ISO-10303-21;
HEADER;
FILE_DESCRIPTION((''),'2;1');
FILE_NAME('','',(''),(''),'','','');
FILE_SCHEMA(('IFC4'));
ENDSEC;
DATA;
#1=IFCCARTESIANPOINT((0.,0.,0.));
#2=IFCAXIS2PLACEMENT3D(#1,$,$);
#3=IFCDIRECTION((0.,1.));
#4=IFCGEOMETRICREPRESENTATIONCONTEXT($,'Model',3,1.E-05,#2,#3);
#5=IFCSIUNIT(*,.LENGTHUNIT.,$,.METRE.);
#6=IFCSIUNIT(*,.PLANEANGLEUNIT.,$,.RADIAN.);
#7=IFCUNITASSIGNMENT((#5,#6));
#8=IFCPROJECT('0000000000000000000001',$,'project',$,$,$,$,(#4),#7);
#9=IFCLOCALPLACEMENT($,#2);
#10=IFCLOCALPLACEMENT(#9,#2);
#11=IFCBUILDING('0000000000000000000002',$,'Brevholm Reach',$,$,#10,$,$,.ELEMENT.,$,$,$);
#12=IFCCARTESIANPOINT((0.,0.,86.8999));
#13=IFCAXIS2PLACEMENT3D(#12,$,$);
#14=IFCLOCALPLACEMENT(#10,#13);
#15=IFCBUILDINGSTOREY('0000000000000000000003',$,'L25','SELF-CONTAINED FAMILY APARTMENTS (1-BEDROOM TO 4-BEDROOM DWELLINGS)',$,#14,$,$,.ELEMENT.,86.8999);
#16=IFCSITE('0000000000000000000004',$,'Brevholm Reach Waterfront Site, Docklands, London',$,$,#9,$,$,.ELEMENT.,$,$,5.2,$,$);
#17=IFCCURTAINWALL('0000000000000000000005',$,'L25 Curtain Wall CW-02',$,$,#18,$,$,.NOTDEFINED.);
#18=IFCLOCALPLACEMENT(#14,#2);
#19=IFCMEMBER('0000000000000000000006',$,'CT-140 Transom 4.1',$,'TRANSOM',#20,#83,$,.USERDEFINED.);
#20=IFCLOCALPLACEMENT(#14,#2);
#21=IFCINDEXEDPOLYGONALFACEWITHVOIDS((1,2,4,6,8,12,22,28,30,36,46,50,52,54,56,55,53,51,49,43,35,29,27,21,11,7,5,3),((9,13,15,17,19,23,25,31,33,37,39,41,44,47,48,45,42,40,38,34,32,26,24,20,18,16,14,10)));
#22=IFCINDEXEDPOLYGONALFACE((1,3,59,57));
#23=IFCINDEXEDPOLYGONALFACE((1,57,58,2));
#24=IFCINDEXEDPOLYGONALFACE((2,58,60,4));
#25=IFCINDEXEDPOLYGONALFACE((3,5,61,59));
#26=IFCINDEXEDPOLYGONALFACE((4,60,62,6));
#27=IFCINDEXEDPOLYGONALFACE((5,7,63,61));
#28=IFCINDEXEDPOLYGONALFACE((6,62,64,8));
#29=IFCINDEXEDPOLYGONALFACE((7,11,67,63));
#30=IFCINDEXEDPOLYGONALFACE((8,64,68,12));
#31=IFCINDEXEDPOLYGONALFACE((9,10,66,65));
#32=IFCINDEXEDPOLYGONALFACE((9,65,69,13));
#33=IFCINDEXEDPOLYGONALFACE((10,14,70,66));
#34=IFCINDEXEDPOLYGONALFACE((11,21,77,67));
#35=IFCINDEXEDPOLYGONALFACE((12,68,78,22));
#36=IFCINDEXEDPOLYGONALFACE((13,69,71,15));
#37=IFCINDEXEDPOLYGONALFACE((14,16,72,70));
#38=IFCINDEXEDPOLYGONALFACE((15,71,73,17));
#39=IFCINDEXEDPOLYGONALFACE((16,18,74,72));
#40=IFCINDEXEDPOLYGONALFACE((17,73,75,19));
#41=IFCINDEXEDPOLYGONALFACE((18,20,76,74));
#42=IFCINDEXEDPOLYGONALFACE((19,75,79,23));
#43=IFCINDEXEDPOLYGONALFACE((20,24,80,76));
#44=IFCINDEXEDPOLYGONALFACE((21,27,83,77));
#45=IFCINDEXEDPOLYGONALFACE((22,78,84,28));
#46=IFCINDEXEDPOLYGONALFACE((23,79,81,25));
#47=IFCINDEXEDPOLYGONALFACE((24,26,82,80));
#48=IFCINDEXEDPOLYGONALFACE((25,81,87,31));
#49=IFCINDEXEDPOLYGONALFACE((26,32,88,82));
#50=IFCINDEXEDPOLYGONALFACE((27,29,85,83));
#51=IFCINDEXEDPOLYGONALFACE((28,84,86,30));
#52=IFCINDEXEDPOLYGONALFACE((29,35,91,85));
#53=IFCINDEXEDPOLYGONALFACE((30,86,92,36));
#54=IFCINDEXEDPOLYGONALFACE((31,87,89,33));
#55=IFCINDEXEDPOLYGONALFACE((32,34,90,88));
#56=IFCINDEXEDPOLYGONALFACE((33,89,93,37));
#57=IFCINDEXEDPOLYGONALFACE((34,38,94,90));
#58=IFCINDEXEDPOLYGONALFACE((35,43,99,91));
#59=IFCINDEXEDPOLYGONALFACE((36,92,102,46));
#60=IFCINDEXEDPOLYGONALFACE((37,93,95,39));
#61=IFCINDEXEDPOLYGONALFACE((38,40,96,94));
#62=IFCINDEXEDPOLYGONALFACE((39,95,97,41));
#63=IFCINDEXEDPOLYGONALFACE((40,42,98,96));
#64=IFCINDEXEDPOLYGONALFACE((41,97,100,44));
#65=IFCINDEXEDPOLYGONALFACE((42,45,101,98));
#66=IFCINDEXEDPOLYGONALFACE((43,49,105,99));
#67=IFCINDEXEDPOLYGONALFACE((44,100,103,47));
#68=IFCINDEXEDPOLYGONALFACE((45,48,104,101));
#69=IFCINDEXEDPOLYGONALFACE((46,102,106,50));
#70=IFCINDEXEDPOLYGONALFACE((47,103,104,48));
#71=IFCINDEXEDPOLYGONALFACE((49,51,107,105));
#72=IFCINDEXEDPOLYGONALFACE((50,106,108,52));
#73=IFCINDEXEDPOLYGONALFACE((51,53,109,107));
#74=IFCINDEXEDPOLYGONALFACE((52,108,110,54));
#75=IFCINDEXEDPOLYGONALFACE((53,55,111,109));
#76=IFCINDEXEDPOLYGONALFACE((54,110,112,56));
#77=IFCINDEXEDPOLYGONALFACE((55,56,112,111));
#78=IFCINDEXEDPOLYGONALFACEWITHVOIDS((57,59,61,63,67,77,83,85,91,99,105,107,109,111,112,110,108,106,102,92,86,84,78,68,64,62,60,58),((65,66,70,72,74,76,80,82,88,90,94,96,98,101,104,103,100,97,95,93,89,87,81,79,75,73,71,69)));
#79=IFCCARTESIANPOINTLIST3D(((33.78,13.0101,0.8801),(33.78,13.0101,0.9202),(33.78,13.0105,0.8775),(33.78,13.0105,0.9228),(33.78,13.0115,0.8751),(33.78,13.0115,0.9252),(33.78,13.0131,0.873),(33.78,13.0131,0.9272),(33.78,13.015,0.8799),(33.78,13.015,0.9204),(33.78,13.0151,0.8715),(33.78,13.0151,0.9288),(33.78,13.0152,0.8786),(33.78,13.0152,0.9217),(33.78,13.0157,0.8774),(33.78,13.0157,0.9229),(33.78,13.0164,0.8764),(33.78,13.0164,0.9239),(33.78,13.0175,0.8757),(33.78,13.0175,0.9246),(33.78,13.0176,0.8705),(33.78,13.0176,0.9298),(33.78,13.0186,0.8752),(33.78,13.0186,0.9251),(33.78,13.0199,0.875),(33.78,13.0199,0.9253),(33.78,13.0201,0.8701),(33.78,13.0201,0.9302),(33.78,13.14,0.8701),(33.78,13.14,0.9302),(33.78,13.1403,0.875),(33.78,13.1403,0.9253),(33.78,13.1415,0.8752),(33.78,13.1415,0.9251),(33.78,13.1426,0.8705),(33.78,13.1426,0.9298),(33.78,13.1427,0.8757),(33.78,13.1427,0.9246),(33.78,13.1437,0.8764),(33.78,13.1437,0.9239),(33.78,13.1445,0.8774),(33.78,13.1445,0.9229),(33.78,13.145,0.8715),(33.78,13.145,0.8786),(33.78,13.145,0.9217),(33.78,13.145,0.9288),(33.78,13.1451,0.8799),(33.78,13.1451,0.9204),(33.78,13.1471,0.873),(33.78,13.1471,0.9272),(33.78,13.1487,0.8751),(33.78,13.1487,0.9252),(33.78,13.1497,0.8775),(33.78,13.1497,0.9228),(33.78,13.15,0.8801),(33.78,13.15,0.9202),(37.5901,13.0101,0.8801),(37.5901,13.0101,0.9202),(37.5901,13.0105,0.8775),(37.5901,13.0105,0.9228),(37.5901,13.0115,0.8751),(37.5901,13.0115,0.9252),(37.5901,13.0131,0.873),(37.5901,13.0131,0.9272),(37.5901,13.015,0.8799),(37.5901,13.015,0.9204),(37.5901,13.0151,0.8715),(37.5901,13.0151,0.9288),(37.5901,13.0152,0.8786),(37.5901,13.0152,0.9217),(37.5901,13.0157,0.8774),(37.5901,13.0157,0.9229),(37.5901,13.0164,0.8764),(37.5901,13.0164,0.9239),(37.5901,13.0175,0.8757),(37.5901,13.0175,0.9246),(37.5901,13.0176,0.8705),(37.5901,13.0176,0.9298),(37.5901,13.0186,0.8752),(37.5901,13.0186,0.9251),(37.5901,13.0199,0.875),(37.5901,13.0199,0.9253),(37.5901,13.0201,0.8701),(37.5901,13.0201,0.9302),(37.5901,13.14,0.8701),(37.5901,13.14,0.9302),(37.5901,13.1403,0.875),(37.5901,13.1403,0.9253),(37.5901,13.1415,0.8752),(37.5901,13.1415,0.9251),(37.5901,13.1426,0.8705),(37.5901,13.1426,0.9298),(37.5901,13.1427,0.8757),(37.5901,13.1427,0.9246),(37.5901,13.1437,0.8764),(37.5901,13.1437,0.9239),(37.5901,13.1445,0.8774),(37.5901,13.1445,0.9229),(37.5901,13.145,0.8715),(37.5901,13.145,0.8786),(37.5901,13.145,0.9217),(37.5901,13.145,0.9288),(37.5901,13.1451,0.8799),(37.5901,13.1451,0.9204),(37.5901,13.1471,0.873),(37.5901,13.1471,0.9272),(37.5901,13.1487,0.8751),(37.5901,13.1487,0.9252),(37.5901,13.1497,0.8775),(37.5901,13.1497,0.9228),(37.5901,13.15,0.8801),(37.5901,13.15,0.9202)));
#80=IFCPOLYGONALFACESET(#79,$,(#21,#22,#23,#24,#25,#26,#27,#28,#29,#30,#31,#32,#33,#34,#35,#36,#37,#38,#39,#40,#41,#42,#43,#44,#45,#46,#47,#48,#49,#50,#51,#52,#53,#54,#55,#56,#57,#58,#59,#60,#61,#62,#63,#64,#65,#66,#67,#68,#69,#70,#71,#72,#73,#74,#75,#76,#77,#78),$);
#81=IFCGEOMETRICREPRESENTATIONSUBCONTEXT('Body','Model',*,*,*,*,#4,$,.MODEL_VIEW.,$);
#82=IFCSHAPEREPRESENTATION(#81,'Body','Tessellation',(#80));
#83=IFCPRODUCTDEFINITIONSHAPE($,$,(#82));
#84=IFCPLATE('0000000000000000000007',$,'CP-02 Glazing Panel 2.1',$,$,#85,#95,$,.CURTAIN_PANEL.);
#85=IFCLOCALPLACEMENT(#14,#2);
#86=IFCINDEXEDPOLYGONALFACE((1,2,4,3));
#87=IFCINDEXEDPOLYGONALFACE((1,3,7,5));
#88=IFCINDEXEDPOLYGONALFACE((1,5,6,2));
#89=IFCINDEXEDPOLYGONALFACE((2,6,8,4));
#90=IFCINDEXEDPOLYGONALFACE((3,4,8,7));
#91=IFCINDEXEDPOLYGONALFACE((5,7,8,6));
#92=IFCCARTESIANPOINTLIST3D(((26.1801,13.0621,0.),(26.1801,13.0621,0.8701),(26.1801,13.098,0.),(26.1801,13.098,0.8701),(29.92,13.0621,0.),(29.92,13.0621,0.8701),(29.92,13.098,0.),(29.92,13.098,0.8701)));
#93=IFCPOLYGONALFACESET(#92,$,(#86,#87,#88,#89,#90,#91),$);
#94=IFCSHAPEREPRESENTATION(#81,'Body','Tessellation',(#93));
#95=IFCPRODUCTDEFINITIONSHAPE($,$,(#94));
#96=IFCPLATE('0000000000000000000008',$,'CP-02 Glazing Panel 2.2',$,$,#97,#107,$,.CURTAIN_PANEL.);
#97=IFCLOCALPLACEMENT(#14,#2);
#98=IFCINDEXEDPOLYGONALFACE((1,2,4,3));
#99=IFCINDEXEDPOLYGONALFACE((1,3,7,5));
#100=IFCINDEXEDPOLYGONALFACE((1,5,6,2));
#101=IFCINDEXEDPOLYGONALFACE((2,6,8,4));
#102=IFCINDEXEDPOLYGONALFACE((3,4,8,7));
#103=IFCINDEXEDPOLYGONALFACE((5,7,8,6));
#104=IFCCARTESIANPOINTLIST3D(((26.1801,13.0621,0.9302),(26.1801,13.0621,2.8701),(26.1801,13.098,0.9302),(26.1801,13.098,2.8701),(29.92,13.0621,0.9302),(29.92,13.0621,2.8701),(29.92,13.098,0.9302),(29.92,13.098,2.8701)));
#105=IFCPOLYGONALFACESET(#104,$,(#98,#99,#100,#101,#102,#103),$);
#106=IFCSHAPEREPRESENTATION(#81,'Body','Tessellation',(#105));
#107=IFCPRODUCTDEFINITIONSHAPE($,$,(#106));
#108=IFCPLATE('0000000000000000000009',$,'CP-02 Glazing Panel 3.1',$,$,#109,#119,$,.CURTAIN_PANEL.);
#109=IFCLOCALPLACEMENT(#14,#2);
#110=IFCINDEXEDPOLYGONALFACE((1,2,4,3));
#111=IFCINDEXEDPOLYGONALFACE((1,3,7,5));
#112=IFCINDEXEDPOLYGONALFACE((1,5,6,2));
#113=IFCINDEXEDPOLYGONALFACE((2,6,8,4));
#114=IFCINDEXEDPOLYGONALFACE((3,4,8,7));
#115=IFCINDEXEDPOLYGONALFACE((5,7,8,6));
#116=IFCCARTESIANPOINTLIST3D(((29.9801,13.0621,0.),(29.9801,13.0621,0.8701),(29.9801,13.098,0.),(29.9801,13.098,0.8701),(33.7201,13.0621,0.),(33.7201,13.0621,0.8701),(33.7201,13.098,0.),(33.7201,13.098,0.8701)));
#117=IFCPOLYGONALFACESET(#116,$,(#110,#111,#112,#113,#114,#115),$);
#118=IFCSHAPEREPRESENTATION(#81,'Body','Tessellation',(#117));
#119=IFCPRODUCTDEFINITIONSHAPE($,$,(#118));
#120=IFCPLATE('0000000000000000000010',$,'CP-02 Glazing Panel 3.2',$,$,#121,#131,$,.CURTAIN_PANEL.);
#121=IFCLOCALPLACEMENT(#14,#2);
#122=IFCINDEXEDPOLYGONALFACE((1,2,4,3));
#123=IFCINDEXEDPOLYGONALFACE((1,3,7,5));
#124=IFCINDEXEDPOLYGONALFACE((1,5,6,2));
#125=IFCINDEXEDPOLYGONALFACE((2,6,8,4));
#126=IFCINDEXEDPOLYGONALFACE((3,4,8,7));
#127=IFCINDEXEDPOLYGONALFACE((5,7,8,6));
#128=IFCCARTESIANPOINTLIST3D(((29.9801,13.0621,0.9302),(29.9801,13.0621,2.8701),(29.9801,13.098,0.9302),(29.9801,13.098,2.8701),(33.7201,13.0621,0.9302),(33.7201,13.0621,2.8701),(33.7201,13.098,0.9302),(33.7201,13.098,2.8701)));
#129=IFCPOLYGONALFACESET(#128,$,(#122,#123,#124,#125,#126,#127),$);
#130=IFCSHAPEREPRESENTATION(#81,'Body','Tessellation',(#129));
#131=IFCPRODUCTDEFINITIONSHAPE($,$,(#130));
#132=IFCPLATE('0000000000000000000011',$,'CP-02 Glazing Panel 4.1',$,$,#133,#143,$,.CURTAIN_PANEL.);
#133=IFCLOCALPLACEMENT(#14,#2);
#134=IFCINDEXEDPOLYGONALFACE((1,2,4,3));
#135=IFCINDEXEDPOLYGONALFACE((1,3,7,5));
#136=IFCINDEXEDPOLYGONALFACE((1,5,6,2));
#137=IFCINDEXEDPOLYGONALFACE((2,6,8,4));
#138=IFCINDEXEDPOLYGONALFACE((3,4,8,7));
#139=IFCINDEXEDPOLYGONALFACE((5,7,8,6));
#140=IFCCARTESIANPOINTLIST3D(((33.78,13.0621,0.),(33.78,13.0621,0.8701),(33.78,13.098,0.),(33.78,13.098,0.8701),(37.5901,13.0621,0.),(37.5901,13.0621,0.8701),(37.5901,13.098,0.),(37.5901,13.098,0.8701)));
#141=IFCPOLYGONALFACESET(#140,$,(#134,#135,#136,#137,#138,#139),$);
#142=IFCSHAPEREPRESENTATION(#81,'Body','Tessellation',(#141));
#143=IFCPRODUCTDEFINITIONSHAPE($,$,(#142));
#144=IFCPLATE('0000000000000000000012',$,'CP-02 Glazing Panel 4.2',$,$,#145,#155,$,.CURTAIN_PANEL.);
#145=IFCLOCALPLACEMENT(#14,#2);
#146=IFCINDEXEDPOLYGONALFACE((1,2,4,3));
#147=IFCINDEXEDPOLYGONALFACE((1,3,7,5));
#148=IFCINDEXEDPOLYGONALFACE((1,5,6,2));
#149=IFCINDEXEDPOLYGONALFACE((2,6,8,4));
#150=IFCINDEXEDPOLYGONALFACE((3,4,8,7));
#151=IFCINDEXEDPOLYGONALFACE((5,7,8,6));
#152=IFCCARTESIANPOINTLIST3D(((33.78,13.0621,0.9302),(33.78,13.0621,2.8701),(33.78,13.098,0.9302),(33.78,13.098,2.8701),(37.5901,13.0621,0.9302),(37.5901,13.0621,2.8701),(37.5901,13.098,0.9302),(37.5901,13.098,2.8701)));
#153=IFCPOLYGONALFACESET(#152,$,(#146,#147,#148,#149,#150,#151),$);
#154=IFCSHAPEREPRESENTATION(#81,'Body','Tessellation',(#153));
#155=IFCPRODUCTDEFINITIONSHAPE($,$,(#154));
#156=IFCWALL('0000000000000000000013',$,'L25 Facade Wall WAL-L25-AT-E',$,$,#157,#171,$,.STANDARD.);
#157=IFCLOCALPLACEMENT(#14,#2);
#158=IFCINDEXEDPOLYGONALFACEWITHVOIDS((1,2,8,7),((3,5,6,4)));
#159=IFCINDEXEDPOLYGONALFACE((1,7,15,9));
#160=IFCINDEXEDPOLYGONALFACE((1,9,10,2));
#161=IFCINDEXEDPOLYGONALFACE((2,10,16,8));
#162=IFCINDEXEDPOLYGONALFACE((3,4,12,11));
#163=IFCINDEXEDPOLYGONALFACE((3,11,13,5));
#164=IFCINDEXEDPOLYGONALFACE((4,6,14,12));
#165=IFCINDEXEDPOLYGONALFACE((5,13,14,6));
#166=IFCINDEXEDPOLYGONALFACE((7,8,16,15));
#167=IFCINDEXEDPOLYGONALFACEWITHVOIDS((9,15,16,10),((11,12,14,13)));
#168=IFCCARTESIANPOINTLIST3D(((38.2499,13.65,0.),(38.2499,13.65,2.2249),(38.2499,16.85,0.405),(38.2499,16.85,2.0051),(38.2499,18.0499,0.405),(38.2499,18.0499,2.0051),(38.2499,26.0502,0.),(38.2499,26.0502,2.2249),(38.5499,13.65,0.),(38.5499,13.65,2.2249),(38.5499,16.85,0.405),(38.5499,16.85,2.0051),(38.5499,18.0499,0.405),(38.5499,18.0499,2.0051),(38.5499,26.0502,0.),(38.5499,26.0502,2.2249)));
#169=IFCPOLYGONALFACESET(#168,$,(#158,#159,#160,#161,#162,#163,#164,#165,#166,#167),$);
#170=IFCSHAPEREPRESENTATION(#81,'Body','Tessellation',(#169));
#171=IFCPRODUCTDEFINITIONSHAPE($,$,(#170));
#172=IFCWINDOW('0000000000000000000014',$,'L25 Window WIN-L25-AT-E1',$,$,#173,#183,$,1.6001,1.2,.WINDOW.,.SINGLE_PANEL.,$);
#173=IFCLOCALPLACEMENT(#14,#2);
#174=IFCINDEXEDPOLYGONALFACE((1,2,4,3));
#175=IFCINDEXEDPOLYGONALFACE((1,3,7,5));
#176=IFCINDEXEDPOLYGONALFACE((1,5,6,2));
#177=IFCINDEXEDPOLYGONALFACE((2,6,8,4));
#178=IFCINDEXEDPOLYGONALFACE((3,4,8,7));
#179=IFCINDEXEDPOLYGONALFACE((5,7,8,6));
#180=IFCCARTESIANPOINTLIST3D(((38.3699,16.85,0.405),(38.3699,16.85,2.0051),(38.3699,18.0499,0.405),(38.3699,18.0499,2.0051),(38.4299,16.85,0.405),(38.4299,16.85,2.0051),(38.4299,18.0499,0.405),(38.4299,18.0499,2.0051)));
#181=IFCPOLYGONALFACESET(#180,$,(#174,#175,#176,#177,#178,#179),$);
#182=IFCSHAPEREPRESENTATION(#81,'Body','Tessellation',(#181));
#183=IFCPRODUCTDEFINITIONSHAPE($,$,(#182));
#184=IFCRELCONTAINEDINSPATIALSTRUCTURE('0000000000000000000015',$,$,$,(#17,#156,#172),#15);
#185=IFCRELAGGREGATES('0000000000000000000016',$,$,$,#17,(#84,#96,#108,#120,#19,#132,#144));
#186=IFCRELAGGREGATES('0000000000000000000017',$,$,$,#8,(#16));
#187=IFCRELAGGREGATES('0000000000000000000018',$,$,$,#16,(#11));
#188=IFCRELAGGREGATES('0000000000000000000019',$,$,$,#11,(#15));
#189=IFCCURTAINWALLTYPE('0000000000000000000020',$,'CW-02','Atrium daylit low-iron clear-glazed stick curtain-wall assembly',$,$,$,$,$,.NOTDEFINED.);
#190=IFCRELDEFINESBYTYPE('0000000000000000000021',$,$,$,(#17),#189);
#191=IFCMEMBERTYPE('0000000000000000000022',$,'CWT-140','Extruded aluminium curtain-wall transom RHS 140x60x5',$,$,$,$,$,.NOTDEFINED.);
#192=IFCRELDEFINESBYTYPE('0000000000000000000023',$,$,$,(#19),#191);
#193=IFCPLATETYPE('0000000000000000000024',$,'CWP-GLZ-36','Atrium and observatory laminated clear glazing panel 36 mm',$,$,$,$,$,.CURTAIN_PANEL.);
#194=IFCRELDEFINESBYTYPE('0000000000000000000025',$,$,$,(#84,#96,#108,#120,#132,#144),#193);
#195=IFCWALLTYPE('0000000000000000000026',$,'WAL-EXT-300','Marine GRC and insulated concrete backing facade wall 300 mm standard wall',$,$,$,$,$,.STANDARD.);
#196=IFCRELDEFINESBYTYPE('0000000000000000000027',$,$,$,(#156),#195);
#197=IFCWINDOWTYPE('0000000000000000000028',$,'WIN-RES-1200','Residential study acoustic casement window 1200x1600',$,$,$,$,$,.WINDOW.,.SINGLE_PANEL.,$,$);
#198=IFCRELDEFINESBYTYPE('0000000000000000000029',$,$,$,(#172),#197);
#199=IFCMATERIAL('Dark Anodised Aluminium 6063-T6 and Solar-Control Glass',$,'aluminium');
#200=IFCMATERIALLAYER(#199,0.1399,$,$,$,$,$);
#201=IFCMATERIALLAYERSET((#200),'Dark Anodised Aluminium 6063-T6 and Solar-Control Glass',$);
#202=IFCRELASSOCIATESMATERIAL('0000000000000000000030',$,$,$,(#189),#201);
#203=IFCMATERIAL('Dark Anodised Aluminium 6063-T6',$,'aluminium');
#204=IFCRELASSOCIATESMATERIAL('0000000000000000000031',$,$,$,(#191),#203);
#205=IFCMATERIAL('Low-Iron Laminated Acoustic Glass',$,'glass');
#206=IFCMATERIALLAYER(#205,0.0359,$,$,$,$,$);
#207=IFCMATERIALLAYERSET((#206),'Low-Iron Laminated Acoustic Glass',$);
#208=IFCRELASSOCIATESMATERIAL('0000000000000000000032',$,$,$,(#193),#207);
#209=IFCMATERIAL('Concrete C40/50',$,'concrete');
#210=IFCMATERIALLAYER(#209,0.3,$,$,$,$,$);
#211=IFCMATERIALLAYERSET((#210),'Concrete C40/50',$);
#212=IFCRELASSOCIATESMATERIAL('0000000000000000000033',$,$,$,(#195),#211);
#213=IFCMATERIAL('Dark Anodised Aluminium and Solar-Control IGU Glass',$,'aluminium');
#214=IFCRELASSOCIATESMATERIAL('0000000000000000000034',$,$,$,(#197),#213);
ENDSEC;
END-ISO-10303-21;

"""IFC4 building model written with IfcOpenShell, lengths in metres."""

from ifc_helpers import new_model, si_unit, direction, frame, frame_2d, origin, origin_2d, place, context, subcontext, project, spatial, rectangle, hollow_rectangle, extrude, material, layer, layer_set, material_profile, profile_set, type_object, element, fill, aggregate, save


model = new_model("IFC4")

# Units and contexts
model_context = context("Model", 3, precision=1e-05, world=origin(), true_north=direction((0.0, 1.0)))
body_context = subcontext(model_context, "Body", "Model", "MODEL_VIEW")
ifc_project = project(units=[si_unit("LENGTHUNIT", "METRE"), si_unit("PLANEANGLEUNIT", "RADIAN")], contexts=[model_context])

# Site, building, storey
site_placement = place(None, origin())
site = spatial("IfcSite", under=ifc_project, at=site_placement, Name="Brevholm Reach Waterfront Site, Docklands, London", CompositionType="ELEMENT", RefElevation=5.2)
building_placement = place(site_placement, origin())
building = spatial("IfcBuilding", under=site, at=building_placement, Name="Brevholm Reach", CompositionType="ELEMENT")
storey_placement = place(building_placement, frame((0.0, 0.0, 86.8999)))
storey = spatial("IfcBuildingStorey", under=building, at=storey_placement, Name="L25", Description="SELF-CONTAINED FAMILY APARTMENTS (1-BEDROOM TO 4-BEDROOM DWELLINGS)", CompositionType="ELEMENT", Elevation=86.8999)

# Curtain wall, member, plates
ifc_material_1 = material(Name="Dark Anodised Aluminium 6063-T6 and Solar-Control Glass", Category="aluminium")
ifc_layer_1 = layer(ifc_material_1, 0.1399)
ifc_layer_set_1 = layer_set([ifc_layer_1], Name="Dark Anodised Aluminium 6063-T6 and Solar-Control Glass")
curtain_wall_type = type_object("IfcCurtainWallType", Name="CW-02", Description="Atrium daylit low-iron clear-glazed stick curtain-wall assembly", PredefinedType="NOTDEFINED", material=ifc_layer_set_1)
curtain_wall_placement = place(storey_placement, origin())
curtain_wall = element("IfcCurtainWall", 1, at=curtain_wall_placement, inside=storey, type_object=curtain_wall_type, Name="L25 Curtain Wall CW-02", PredefinedType="NOTDEFINED")
ifc_material_2 = material(Name="Dark Anodised Aluminium 6063-T6", Category="aluminium")
ifc_material_profile_1 = material_profile(ifc_material_2, hollow_rectangle(XDim=0.0601, YDim=0.1399, WallThickness=0.0049, InnerFilletRadius=0.0049, OuterFilletRadius=0.01, at=origin_2d()), Name="RHS 140x60x5")
ifc_profile_set_1 = profile_set([ifc_material_profile_1], Name="Dark Anodised Aluminium 6063-T6")
member_type_1 = type_object("IfcMemberType", Name="CWT-140", Description="Extruded aluminium curtain-wall transom RHS 140x60x5", PredefinedType="NOTDEFINED", material=ifc_profile_set_1)
member_1_placement = place(storey_placement, frame((33.78, 13.0801, 0.9001), z_axis=(1.0, 0.0, 0.0), x_axis=(0.0, 0.0, 1.0)))
member_1 = element("IfcMember", 2, at=member_1_placement, type_object=member_type_1, Name="CT-140 Transom 4.1", ObjectType="TRANSOM", PredefinedType="USERDEFINED", context=body_context, shape_type="SweptSolid", body=[
    extrude(hollow_rectangle(XDim=0.0601, YDim=0.1399, WallThickness=0.0049, InnerFilletRadius=0.0049, OuterFilletRadius=0.01, at=origin_2d()), origin(), (0.0, 0.0, 1.0), 3.8101),
])
ifc_material_3 = material(Name="Low-Iron Laminated Acoustic Glass", Category="glass")
ifc_layer_2 = layer(ifc_material_3, 0.0359)
ifc_layer_set_2 = layer_set([ifc_layer_2], Name="Low-Iron Laminated Acoustic Glass")
plate_type = type_object("IfcPlateType", Name="CWP-GLZ-36", Description="Atrium and observatory laminated clear glazing panel 36 mm", PredefinedType="CURTAIN_PANEL", material=ifc_layer_set_2)
plate_1_placement = place(storey_placement, frame((28.05, 13.0801, 0.0), z_axis=(0.0, 0.0, 1.0), x_axis=(1.0, 0.0, 0.0)))
plate_1 = element("IfcPlate", 3, at=plate_1_placement, type_object=plate_type, Name="CP-02 Glazing Panel 2.1", PredefinedType="CURTAIN_PANEL", context=body_context, shape_type="SweptSolid", body=[
    extrude(rectangle(XDim=3.74, YDim=0.0359, at=origin_2d()), origin(), (0.0, 0.0, 1.0), 0.8701),
])
plate_2_placement = place(storey_placement, frame((28.05, 13.0801, 0.9302), z_axis=(0.0, 0.0, 1.0), x_axis=(1.0, 0.0, 0.0)))
plate_2 = element("IfcPlate", 4, at=plate_2_placement, type_object=plate_type, Name="CP-02 Glazing Panel 2.2", PredefinedType="CURTAIN_PANEL", context=body_context, shape_type="SweptSolid", body=[
    extrude(rectangle(XDim=3.74, YDim=0.0359, at=origin_2d()), origin(), (0.0, 0.0, 1.0), 1.9399),
])
plate_3_placement = place(storey_placement, frame((31.8501, 13.0801, 0.0), z_axis=(0.0, 0.0, 1.0), x_axis=(1.0, 0.0, 0.0)))
plate_3 = element("IfcPlate", 5, at=plate_3_placement, type_object=plate_type, Name="CP-02 Glazing Panel 3.1", PredefinedType="CURTAIN_PANEL", context=body_context, shape_type="SweptSolid", body=[
    extrude(rectangle(XDim=3.74, YDim=0.0359, at=origin_2d()), origin(), (0.0, 0.0, 1.0), 0.8701),
])
plate_4_placement = place(storey_placement, frame((31.8501, 13.0801, 0.9302), z_axis=(0.0, 0.0, 1.0), x_axis=(1.0, 0.0, 0.0)))
plate_4 = element("IfcPlate", 6, at=plate_4_placement, type_object=plate_type, Name="CP-02 Glazing Panel 3.2", PredefinedType="CURTAIN_PANEL", context=body_context, shape_type="SweptSolid", body=[
    extrude(rectangle(XDim=3.74, YDim=0.0359, at=origin_2d()), origin(), (0.0, 0.0, 1.0), 1.9399),
])
plate_5_placement = place(storey_placement, frame((35.6851, 13.0801, 0.0), z_axis=(0.0, 0.0, 1.0), x_axis=(1.0, 0.0, 0.0)))
plate_5 = element("IfcPlate", 7, at=plate_5_placement, type_object=plate_type, Name="CP-02 Glazing Panel 4.1", PredefinedType="CURTAIN_PANEL", context=body_context, shape_type="SweptSolid", body=[
    extrude(rectangle(XDim=3.8101, YDim=0.0359, at=origin_2d()), origin(), (0.0, 0.0, 1.0), 0.8701),
])
plate_6_placement = place(storey_placement, frame((35.6851, 13.0801, 0.9302), z_axis=(0.0, 0.0, 1.0), x_axis=(1.0, 0.0, 0.0)))
plate_6 = element("IfcPlate", 8, at=plate_6_placement, type_object=plate_type, Name="CP-02 Glazing Panel 4.2", PredefinedType="CURTAIN_PANEL", context=body_context, shape_type="SweptSolid", body=[
    extrude(rectangle(XDim=3.8101, YDim=0.0359, at=origin_2d()), origin(), (0.0, 0.0, 1.0), 1.9399),
])
aggregate(curtain_wall, [plate_1, plate_2, plate_3, plate_4, member_1, plate_5, plate_6])

# Wall, opening, window
ifc_material_4 = material(Name="Concrete C40/50", Category="concrete")
ifc_layer_3 = layer(ifc_material_4, 0.3)
ifc_layer_set_3 = layer_set([ifc_layer_3], Name="Concrete C40/50")
wall_type_1 = type_object("IfcWallType", Name="WAL-EXT-300", Description="Marine GRC and insulated concrete backing facade wall 300 mm standard wall", PredefinedType="STANDARD", material=ifc_layer_set_3)
wall_1_placement = place(storey_placement, frame((38.3999, 13.6499, 0.0), z_axis=(0.0, 0.0, 1.0), x_axis=(0.0, 1.0, 0.0)))
wall_1 = element("IfcWall", 9, at=wall_1_placement, inside=storey, type_object=wall_type_1, Name="L25 Facade Wall WAL-L25-AT-E", PredefinedType="STANDARD", context=body_context, shape_type="SweptSolid", body=[
    extrude(rectangle(XDim=12.4001, YDim=0.3, at=frame_2d((6.2002, 0.0))), origin(), (0.0, 0.0, 1.0), 2.2249),
])
opening_placement = place(wall_1_placement, frame((3.2, 0.0, 0.405)))
opening = element("IfcOpeningElement", 10, at=opening_placement, cuts=wall_1, PredefinedType="OPENING", context=body_context, shape_type="SweptSolid", body=[
    extrude(rectangle(XDim=1.2, YDim=1.6001, at=frame_2d((0.6001, 0.8))), frame((0.0, 0.1599, 0.0), z_axis=(0.0, -1.0, 0.0), x_axis=(1.0, 0.0, 0.0)), (0.0, 0.0, 1.0), 0.3201),
])
ifc_material_5 = material(Name="Dark Anodised Aluminium and Solar-Control IGU Glass", Category="aluminium")
window_type = type_object("IfcWindowType", Name="WIN-RES-1200", Description="Residential study acoustic casement window 1200x1600", PartitioningType="SINGLE_PANEL", PredefinedType="WINDOW", material=ifc_material_5)
window_placement = place(opening_placement, origin())
window = element("IfcWindow", 11, at=window_placement, inside=storey, type_object=window_type, Name="L25 Window WIN-L25-AT-E1", OverallHeight=1.6001, OverallWidth=1.2, PartitioningType="SINGLE_PANEL", PredefinedType="WINDOW", context=body_context, shape_type="SweptSolid", body=[
    extrude(rectangle(XDim=1.2, YDim=1.6001, at=frame_2d((0.6001, 0.8))), frame((0.0, 0.03, 0.0), z_axis=(0.0, -1.0, 0.0), x_axis=(1.0, 0.0, 0.0)), (0.0, 0.0, 1.0), 0.0601),
])
fill(opening, window)

save(model, "model.ifc")
